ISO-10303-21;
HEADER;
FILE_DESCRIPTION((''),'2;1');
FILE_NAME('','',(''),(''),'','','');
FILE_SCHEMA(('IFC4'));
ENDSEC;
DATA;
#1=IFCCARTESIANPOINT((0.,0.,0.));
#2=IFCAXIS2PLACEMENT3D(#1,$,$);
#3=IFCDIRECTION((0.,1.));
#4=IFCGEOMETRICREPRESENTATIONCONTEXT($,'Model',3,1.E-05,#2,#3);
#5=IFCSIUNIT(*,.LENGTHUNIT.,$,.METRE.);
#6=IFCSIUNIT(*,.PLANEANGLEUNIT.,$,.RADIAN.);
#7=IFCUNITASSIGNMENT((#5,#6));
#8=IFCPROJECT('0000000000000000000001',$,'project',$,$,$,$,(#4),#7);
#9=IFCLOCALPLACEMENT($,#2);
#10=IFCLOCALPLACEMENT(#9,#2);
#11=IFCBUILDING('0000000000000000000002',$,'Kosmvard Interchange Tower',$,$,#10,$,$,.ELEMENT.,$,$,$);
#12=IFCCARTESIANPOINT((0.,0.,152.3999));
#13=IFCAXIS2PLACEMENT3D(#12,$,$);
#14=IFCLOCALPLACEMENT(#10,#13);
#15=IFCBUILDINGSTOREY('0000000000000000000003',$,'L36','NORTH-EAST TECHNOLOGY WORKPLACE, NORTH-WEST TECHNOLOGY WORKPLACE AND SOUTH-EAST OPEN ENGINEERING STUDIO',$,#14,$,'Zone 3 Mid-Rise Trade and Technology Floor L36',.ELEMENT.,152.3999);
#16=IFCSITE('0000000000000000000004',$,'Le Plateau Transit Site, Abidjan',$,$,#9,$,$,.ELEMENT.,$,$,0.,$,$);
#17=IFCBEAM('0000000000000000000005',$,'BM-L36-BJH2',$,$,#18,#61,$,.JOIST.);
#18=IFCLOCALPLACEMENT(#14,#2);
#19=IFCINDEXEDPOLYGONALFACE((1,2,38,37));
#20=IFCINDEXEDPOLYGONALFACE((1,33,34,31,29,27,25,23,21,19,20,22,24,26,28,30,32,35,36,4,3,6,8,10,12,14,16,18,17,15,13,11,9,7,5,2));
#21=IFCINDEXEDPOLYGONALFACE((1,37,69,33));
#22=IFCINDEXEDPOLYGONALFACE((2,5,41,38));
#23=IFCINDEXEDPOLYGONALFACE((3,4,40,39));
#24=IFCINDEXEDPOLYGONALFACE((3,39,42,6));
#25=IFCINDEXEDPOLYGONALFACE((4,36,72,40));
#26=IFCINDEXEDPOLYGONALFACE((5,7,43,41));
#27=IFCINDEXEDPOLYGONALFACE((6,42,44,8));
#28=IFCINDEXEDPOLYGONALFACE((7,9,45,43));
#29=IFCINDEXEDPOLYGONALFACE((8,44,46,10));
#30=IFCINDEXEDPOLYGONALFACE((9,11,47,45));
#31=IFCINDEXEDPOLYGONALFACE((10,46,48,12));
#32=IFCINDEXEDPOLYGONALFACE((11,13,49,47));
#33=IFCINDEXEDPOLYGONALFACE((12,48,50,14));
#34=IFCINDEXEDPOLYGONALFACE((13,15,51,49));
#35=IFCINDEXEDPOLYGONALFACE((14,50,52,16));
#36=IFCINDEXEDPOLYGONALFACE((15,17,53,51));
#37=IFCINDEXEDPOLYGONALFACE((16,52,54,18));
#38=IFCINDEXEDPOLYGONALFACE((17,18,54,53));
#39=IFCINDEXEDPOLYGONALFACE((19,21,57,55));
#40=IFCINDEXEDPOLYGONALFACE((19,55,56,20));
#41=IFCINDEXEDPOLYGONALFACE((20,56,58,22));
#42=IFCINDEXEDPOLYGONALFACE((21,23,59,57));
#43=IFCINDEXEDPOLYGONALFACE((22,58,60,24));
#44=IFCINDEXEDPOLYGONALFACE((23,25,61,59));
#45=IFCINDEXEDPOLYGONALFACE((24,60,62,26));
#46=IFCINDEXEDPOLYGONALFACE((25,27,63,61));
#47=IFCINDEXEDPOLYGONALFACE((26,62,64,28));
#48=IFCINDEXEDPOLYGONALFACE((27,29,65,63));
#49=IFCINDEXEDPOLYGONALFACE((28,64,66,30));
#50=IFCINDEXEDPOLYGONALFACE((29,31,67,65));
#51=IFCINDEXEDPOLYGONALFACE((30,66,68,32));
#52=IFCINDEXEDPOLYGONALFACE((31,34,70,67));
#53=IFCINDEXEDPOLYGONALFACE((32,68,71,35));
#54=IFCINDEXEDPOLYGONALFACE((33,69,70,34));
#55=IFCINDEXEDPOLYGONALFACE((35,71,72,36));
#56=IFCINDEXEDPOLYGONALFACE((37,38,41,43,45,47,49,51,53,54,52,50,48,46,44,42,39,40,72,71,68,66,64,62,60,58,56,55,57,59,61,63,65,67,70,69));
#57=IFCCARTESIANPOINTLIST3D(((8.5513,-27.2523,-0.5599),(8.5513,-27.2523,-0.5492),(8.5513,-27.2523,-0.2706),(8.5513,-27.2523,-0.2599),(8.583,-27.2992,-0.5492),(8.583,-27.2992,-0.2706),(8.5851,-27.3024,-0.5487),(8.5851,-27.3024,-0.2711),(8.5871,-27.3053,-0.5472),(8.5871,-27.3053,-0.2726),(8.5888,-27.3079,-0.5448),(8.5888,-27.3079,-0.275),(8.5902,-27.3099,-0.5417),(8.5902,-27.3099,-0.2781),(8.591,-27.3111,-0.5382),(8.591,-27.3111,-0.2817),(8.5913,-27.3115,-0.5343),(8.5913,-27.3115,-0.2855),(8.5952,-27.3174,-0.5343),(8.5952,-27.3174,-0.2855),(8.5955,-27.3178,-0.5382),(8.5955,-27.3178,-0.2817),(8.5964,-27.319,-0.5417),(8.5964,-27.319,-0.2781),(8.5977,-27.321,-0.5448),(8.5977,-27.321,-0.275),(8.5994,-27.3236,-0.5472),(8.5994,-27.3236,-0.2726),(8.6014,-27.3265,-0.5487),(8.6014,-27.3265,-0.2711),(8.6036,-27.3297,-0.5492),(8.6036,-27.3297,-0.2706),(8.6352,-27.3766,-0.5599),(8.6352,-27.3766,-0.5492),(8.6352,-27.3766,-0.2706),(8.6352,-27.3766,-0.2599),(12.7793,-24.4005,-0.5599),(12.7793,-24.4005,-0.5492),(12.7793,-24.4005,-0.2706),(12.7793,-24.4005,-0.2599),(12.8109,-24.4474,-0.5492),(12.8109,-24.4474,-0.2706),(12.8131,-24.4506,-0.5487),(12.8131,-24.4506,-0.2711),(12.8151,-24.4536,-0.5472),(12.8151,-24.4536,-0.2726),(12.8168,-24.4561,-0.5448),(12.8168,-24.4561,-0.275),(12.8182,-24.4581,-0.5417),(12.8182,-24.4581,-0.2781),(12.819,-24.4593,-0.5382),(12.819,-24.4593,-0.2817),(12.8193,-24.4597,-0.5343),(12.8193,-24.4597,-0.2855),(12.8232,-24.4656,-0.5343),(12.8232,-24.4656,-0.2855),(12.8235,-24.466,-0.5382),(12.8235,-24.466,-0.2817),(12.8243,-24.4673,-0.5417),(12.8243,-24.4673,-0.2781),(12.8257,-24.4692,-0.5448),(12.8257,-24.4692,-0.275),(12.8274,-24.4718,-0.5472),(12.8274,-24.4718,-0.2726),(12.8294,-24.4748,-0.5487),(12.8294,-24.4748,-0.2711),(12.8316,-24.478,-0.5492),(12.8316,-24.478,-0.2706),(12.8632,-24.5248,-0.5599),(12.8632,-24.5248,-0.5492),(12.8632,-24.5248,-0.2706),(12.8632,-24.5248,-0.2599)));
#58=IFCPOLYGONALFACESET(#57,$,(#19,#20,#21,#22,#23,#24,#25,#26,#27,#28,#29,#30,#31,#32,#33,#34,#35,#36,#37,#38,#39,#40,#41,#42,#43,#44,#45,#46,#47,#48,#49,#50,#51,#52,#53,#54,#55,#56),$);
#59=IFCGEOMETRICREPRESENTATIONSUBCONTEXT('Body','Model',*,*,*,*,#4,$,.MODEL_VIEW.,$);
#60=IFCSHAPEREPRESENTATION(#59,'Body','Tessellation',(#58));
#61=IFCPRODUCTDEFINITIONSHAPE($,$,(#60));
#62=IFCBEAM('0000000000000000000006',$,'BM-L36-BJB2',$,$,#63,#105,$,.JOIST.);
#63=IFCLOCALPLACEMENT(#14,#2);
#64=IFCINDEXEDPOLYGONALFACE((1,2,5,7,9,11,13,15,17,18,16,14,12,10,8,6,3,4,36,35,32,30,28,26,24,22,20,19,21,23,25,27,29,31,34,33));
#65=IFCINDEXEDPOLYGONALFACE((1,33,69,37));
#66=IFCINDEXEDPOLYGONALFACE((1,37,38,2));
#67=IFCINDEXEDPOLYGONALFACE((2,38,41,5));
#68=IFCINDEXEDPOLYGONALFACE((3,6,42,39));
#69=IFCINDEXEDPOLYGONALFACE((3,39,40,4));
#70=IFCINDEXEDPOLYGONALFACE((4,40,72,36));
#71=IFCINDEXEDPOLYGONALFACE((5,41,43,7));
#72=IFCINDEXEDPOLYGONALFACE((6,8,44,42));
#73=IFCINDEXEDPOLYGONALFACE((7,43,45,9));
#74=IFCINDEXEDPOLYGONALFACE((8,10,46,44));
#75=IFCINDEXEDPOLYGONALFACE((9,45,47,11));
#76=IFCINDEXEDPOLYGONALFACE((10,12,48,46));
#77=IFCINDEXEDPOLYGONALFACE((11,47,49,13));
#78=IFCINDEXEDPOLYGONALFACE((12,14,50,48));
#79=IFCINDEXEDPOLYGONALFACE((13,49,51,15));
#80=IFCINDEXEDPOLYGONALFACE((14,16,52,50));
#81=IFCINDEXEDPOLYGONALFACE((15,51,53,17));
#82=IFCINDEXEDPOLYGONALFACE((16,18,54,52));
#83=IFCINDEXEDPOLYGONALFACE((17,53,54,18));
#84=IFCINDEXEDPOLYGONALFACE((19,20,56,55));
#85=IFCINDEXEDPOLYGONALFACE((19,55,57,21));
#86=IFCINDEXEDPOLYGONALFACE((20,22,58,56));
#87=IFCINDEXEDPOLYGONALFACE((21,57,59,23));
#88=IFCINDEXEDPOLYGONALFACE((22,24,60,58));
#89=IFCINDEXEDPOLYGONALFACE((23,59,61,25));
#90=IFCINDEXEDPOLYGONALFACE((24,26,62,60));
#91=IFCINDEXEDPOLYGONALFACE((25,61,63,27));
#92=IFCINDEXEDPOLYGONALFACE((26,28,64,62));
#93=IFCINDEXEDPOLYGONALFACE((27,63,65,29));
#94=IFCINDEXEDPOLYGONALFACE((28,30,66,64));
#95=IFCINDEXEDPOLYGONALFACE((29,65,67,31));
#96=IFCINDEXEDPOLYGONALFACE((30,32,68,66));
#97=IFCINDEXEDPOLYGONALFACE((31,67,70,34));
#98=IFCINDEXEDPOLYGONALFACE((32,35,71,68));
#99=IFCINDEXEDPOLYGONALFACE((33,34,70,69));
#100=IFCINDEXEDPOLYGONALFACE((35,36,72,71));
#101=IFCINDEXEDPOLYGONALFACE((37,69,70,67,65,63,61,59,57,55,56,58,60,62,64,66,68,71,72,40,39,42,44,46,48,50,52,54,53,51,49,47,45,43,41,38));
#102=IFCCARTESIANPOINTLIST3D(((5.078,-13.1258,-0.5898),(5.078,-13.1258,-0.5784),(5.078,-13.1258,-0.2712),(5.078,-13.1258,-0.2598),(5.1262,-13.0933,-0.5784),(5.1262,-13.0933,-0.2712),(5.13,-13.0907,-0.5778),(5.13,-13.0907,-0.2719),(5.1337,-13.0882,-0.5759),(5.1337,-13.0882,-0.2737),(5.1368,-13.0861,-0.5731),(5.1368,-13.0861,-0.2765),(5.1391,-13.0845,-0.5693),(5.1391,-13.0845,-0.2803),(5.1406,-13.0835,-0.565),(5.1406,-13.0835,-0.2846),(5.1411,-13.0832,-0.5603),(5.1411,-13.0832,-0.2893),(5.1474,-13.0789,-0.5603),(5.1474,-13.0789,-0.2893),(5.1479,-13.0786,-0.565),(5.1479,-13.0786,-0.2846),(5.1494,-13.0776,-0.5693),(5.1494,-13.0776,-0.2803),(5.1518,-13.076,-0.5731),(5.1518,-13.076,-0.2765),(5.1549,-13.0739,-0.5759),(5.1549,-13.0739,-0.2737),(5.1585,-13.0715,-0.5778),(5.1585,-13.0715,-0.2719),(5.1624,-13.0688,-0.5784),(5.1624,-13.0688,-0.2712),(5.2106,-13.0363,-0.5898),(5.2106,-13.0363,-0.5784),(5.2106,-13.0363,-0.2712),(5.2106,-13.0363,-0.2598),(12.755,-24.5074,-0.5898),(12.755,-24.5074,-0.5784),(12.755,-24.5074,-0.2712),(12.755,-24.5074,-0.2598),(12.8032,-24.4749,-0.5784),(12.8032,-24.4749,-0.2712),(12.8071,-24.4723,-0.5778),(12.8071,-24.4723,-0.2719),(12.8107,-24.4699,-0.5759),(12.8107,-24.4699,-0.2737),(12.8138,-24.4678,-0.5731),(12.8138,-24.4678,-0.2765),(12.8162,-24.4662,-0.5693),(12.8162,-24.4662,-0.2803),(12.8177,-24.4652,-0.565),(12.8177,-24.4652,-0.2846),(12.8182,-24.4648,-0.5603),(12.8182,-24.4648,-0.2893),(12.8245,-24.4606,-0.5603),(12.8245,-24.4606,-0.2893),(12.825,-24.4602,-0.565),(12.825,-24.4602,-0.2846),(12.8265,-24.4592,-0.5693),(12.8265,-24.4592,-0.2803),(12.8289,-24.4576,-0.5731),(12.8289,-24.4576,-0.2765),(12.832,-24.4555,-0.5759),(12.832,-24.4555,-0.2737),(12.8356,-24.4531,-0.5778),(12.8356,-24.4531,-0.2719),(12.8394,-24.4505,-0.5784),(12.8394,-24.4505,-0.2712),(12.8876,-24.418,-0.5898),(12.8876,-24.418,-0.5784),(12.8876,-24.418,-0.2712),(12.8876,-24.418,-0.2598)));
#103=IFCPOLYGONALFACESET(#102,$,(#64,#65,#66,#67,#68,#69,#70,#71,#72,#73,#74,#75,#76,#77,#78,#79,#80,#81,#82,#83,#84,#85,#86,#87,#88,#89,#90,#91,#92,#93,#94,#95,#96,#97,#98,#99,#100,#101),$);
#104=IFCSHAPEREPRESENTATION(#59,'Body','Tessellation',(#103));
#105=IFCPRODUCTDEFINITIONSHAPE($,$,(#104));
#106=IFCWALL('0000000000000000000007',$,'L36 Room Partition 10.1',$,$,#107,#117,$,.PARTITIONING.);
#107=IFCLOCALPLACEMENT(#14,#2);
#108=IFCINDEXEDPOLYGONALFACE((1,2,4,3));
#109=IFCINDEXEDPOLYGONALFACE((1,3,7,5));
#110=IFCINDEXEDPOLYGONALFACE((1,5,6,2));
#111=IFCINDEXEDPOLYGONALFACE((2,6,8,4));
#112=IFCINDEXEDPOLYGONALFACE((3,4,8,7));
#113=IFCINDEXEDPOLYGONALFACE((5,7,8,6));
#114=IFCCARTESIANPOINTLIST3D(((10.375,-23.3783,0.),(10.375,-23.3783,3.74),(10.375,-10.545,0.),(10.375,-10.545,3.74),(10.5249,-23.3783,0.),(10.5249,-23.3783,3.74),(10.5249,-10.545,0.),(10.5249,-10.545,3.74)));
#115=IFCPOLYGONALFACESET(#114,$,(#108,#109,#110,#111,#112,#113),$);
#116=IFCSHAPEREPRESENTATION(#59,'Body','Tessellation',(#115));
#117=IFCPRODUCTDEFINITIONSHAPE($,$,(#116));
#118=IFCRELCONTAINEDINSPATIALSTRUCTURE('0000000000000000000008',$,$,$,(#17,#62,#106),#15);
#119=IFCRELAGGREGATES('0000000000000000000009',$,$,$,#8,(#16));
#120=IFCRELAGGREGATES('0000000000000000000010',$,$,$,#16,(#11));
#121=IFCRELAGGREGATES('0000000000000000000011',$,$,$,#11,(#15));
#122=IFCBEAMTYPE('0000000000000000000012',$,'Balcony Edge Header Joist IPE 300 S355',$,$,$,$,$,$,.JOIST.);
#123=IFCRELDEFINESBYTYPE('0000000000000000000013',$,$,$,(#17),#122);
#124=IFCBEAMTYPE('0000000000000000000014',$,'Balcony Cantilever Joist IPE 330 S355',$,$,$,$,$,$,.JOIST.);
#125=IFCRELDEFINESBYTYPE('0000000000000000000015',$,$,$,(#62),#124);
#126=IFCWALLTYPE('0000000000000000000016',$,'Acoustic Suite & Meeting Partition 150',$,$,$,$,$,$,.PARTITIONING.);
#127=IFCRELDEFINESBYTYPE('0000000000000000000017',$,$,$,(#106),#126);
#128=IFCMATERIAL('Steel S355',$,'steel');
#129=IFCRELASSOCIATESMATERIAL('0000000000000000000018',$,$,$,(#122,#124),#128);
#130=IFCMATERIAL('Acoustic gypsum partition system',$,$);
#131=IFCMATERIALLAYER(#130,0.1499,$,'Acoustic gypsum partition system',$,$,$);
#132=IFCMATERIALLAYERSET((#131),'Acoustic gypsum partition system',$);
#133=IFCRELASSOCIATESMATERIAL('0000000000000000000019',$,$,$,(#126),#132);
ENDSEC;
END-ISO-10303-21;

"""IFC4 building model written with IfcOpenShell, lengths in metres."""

from ifc_helpers import new_model, si_unit, direction, frame, frame_2d, origin, origin_2d, place, context, subcontext, project, spatial, rectangle, i_section, extrude, source, transform, mapped, material, layer, layer_set, material_profile, profile_set, type_object, element, save


model = new_model("IFC4")

# Units and contexts
model_context = context("Model", 3, precision=1e-05, world=origin(), true_north=direction((0.0, 1.0)))
body_context = subcontext(model_context, "Body", "Model", "MODEL_VIEW")
ifc_project = project(units=[si_unit("LENGTHUNIT", "METRE"), si_unit("PLANEANGLEUNIT", "RADIAN")], contexts=[model_context])

# Site, building, storey
site_placement = place(None, origin())
site = spatial("IfcSite", under=ifc_project, at=site_placement, Name="Le Plateau Transit Site, Abidjan", CompositionType="ELEMENT", RefElevation=0.0)
building_placement = place(site_placement, origin())
building = spatial("IfcBuilding", under=site, at=building_placement, Name="Kosmvard Interchange Tower", CompositionType="ELEMENT")
storey_placement = place(building_placement, frame((0.0, 0.0, 152.3999)))
storey = spatial("IfcBuildingStorey", under=building, at=storey_placement, Name="L36", Description="NORTH-EAST TECHNOLOGY WORKPLACE, NORTH-WEST TECHNOLOGY WORKPLACE AND SOUTH-EAST OPEN ENGINEERING STUDIO", LongName="Zone 3 Mid-Rise Trade and Technology Floor L36", CompositionType="ELEMENT", Elevation=152.3999)

# Beams
ifc_material_1 = material(Name="Steel S355", Category="steel")
ifc_material_profile_1 = material_profile(ifc_material_1, i_section(OverallWidth=0.1499, OverallDepth=0.3, WebThickness=0.0071, FlangeThickness=0.0107, FilletRadius=0.0149, at=origin_2d()), Name="IPE 300")
ifc_profile_set_1 = profile_set([ifc_material_profile_1], Name="Steel S355")
beam_type_1 = type_object("IfcBeamType", Name="Balcony Edge Header Joist IPE 300 S355", PredefinedType="JOIST", material=ifc_profile_set_1)
shared_shape_1 = source(origin(), body_context, "Body", "SweptSolid", [
    extrude(i_section(OverallWidth=0.1499, OverallDepth=0.3, WebThickness=0.0071, FlangeThickness=0.0107, FilletRadius=0.0149, at=origin_2d()), origin(), (0.0, 0.0, 1.0), 5.0999),
])
beam_1_placement = place(storey_placement, frame((8.5933, -27.3145, -0.4099), z_axis=(0.829041, 0.559188, 0.0), x_axis=(-0.559188, 0.829041, 0.0)))
element("IfcBeam", 1, at=beam_1_placement, inside=storey, type_object=beam_type_1, Name="BM-L36-BJH2", PredefinedType="JOIST", context=body_context, shape_type="MappedRepresentation", body=[
    mapped(shared_shape_1, transform((0.0, 0.0, 0.0), scale=1.0)),
])
ifc_material_profile_2 = material_profile(ifc_material_1, i_section(OverallWidth=0.1599, OverallDepth=0.3301, WebThickness=0.0076, FlangeThickness=0.0115, FilletRadius=0.0181, at=origin_2d()), Name="IPE 330")
ifc_profile_set_2 = profile_set([ifc_material_profile_2], Name="Steel S355")
beam_type_2 = type_object("IfcBeamType", Name="Balcony Cantilever Joist IPE 330 S355", PredefinedType="JOIST", material=ifc_profile_set_2)
shared_shape_2 = source(origin(), body_context, "Body", "SweptSolid", [
    extrude(i_section(OverallWidth=0.1599, OverallDepth=0.3301, WebThickness=0.0076, FlangeThickness=0.0115, FilletRadius=0.0181, at=origin_2d()), origin(), (0.0, 0.0, 1.0), 13.7288),
])
beam_2_placement = place(storey_placement, frame((5.1443, -13.0811, -0.4248), z_axis=(0.559194, -0.829037, 0.0), x_axis=(0.829037, 0.559194, 0.0)))
element("IfcBeam", 2, at=beam_2_placement, inside=storey, type_object=beam_type_2, Name="BM-L36-BJB2", PredefinedType="JOIST", context=body_context, shape_type="MappedRepresentation", body=[
    mapped(shared_shape_2, transform((0.0, 0.0, 0.0), scale=1.0)),
])

# Wall
ifc_material_2 = material(Name="Acoustic gypsum partition system")
ifc_layer_1 = layer(ifc_material_2, 0.1499, Name="Acoustic gypsum partition system")
ifc_layer_set_1 = layer_set([ifc_layer_1], Name="Acoustic gypsum partition system")
wall_type_1 = type_object("IfcWallType", Name="Acoustic Suite & Meeting Partition 150", PredefinedType="PARTITIONING", material=ifc_layer_set_1)
wall_1_placement = place(storey_placement, frame((10.45, -23.3782, 0.0), z_axis=(0.0, 0.0, 1.0), x_axis=(0.0, 1.0, 0.0)))
element("IfcWall", 3, at=wall_1_placement, inside=storey, type_object=wall_type_1, Name="L36 Room Partition 10.1", PredefinedType="PARTITIONING", context=body_context, shape_type="SweptSolid", body=[
    extrude(rectangle(XDim=12.8333, YDim=0.1499, at=frame_2d((6.4165, 0.0))), origin(), (0.0, 0.0, 1.0), 3.74),
])

save(model, "model.ifc")
